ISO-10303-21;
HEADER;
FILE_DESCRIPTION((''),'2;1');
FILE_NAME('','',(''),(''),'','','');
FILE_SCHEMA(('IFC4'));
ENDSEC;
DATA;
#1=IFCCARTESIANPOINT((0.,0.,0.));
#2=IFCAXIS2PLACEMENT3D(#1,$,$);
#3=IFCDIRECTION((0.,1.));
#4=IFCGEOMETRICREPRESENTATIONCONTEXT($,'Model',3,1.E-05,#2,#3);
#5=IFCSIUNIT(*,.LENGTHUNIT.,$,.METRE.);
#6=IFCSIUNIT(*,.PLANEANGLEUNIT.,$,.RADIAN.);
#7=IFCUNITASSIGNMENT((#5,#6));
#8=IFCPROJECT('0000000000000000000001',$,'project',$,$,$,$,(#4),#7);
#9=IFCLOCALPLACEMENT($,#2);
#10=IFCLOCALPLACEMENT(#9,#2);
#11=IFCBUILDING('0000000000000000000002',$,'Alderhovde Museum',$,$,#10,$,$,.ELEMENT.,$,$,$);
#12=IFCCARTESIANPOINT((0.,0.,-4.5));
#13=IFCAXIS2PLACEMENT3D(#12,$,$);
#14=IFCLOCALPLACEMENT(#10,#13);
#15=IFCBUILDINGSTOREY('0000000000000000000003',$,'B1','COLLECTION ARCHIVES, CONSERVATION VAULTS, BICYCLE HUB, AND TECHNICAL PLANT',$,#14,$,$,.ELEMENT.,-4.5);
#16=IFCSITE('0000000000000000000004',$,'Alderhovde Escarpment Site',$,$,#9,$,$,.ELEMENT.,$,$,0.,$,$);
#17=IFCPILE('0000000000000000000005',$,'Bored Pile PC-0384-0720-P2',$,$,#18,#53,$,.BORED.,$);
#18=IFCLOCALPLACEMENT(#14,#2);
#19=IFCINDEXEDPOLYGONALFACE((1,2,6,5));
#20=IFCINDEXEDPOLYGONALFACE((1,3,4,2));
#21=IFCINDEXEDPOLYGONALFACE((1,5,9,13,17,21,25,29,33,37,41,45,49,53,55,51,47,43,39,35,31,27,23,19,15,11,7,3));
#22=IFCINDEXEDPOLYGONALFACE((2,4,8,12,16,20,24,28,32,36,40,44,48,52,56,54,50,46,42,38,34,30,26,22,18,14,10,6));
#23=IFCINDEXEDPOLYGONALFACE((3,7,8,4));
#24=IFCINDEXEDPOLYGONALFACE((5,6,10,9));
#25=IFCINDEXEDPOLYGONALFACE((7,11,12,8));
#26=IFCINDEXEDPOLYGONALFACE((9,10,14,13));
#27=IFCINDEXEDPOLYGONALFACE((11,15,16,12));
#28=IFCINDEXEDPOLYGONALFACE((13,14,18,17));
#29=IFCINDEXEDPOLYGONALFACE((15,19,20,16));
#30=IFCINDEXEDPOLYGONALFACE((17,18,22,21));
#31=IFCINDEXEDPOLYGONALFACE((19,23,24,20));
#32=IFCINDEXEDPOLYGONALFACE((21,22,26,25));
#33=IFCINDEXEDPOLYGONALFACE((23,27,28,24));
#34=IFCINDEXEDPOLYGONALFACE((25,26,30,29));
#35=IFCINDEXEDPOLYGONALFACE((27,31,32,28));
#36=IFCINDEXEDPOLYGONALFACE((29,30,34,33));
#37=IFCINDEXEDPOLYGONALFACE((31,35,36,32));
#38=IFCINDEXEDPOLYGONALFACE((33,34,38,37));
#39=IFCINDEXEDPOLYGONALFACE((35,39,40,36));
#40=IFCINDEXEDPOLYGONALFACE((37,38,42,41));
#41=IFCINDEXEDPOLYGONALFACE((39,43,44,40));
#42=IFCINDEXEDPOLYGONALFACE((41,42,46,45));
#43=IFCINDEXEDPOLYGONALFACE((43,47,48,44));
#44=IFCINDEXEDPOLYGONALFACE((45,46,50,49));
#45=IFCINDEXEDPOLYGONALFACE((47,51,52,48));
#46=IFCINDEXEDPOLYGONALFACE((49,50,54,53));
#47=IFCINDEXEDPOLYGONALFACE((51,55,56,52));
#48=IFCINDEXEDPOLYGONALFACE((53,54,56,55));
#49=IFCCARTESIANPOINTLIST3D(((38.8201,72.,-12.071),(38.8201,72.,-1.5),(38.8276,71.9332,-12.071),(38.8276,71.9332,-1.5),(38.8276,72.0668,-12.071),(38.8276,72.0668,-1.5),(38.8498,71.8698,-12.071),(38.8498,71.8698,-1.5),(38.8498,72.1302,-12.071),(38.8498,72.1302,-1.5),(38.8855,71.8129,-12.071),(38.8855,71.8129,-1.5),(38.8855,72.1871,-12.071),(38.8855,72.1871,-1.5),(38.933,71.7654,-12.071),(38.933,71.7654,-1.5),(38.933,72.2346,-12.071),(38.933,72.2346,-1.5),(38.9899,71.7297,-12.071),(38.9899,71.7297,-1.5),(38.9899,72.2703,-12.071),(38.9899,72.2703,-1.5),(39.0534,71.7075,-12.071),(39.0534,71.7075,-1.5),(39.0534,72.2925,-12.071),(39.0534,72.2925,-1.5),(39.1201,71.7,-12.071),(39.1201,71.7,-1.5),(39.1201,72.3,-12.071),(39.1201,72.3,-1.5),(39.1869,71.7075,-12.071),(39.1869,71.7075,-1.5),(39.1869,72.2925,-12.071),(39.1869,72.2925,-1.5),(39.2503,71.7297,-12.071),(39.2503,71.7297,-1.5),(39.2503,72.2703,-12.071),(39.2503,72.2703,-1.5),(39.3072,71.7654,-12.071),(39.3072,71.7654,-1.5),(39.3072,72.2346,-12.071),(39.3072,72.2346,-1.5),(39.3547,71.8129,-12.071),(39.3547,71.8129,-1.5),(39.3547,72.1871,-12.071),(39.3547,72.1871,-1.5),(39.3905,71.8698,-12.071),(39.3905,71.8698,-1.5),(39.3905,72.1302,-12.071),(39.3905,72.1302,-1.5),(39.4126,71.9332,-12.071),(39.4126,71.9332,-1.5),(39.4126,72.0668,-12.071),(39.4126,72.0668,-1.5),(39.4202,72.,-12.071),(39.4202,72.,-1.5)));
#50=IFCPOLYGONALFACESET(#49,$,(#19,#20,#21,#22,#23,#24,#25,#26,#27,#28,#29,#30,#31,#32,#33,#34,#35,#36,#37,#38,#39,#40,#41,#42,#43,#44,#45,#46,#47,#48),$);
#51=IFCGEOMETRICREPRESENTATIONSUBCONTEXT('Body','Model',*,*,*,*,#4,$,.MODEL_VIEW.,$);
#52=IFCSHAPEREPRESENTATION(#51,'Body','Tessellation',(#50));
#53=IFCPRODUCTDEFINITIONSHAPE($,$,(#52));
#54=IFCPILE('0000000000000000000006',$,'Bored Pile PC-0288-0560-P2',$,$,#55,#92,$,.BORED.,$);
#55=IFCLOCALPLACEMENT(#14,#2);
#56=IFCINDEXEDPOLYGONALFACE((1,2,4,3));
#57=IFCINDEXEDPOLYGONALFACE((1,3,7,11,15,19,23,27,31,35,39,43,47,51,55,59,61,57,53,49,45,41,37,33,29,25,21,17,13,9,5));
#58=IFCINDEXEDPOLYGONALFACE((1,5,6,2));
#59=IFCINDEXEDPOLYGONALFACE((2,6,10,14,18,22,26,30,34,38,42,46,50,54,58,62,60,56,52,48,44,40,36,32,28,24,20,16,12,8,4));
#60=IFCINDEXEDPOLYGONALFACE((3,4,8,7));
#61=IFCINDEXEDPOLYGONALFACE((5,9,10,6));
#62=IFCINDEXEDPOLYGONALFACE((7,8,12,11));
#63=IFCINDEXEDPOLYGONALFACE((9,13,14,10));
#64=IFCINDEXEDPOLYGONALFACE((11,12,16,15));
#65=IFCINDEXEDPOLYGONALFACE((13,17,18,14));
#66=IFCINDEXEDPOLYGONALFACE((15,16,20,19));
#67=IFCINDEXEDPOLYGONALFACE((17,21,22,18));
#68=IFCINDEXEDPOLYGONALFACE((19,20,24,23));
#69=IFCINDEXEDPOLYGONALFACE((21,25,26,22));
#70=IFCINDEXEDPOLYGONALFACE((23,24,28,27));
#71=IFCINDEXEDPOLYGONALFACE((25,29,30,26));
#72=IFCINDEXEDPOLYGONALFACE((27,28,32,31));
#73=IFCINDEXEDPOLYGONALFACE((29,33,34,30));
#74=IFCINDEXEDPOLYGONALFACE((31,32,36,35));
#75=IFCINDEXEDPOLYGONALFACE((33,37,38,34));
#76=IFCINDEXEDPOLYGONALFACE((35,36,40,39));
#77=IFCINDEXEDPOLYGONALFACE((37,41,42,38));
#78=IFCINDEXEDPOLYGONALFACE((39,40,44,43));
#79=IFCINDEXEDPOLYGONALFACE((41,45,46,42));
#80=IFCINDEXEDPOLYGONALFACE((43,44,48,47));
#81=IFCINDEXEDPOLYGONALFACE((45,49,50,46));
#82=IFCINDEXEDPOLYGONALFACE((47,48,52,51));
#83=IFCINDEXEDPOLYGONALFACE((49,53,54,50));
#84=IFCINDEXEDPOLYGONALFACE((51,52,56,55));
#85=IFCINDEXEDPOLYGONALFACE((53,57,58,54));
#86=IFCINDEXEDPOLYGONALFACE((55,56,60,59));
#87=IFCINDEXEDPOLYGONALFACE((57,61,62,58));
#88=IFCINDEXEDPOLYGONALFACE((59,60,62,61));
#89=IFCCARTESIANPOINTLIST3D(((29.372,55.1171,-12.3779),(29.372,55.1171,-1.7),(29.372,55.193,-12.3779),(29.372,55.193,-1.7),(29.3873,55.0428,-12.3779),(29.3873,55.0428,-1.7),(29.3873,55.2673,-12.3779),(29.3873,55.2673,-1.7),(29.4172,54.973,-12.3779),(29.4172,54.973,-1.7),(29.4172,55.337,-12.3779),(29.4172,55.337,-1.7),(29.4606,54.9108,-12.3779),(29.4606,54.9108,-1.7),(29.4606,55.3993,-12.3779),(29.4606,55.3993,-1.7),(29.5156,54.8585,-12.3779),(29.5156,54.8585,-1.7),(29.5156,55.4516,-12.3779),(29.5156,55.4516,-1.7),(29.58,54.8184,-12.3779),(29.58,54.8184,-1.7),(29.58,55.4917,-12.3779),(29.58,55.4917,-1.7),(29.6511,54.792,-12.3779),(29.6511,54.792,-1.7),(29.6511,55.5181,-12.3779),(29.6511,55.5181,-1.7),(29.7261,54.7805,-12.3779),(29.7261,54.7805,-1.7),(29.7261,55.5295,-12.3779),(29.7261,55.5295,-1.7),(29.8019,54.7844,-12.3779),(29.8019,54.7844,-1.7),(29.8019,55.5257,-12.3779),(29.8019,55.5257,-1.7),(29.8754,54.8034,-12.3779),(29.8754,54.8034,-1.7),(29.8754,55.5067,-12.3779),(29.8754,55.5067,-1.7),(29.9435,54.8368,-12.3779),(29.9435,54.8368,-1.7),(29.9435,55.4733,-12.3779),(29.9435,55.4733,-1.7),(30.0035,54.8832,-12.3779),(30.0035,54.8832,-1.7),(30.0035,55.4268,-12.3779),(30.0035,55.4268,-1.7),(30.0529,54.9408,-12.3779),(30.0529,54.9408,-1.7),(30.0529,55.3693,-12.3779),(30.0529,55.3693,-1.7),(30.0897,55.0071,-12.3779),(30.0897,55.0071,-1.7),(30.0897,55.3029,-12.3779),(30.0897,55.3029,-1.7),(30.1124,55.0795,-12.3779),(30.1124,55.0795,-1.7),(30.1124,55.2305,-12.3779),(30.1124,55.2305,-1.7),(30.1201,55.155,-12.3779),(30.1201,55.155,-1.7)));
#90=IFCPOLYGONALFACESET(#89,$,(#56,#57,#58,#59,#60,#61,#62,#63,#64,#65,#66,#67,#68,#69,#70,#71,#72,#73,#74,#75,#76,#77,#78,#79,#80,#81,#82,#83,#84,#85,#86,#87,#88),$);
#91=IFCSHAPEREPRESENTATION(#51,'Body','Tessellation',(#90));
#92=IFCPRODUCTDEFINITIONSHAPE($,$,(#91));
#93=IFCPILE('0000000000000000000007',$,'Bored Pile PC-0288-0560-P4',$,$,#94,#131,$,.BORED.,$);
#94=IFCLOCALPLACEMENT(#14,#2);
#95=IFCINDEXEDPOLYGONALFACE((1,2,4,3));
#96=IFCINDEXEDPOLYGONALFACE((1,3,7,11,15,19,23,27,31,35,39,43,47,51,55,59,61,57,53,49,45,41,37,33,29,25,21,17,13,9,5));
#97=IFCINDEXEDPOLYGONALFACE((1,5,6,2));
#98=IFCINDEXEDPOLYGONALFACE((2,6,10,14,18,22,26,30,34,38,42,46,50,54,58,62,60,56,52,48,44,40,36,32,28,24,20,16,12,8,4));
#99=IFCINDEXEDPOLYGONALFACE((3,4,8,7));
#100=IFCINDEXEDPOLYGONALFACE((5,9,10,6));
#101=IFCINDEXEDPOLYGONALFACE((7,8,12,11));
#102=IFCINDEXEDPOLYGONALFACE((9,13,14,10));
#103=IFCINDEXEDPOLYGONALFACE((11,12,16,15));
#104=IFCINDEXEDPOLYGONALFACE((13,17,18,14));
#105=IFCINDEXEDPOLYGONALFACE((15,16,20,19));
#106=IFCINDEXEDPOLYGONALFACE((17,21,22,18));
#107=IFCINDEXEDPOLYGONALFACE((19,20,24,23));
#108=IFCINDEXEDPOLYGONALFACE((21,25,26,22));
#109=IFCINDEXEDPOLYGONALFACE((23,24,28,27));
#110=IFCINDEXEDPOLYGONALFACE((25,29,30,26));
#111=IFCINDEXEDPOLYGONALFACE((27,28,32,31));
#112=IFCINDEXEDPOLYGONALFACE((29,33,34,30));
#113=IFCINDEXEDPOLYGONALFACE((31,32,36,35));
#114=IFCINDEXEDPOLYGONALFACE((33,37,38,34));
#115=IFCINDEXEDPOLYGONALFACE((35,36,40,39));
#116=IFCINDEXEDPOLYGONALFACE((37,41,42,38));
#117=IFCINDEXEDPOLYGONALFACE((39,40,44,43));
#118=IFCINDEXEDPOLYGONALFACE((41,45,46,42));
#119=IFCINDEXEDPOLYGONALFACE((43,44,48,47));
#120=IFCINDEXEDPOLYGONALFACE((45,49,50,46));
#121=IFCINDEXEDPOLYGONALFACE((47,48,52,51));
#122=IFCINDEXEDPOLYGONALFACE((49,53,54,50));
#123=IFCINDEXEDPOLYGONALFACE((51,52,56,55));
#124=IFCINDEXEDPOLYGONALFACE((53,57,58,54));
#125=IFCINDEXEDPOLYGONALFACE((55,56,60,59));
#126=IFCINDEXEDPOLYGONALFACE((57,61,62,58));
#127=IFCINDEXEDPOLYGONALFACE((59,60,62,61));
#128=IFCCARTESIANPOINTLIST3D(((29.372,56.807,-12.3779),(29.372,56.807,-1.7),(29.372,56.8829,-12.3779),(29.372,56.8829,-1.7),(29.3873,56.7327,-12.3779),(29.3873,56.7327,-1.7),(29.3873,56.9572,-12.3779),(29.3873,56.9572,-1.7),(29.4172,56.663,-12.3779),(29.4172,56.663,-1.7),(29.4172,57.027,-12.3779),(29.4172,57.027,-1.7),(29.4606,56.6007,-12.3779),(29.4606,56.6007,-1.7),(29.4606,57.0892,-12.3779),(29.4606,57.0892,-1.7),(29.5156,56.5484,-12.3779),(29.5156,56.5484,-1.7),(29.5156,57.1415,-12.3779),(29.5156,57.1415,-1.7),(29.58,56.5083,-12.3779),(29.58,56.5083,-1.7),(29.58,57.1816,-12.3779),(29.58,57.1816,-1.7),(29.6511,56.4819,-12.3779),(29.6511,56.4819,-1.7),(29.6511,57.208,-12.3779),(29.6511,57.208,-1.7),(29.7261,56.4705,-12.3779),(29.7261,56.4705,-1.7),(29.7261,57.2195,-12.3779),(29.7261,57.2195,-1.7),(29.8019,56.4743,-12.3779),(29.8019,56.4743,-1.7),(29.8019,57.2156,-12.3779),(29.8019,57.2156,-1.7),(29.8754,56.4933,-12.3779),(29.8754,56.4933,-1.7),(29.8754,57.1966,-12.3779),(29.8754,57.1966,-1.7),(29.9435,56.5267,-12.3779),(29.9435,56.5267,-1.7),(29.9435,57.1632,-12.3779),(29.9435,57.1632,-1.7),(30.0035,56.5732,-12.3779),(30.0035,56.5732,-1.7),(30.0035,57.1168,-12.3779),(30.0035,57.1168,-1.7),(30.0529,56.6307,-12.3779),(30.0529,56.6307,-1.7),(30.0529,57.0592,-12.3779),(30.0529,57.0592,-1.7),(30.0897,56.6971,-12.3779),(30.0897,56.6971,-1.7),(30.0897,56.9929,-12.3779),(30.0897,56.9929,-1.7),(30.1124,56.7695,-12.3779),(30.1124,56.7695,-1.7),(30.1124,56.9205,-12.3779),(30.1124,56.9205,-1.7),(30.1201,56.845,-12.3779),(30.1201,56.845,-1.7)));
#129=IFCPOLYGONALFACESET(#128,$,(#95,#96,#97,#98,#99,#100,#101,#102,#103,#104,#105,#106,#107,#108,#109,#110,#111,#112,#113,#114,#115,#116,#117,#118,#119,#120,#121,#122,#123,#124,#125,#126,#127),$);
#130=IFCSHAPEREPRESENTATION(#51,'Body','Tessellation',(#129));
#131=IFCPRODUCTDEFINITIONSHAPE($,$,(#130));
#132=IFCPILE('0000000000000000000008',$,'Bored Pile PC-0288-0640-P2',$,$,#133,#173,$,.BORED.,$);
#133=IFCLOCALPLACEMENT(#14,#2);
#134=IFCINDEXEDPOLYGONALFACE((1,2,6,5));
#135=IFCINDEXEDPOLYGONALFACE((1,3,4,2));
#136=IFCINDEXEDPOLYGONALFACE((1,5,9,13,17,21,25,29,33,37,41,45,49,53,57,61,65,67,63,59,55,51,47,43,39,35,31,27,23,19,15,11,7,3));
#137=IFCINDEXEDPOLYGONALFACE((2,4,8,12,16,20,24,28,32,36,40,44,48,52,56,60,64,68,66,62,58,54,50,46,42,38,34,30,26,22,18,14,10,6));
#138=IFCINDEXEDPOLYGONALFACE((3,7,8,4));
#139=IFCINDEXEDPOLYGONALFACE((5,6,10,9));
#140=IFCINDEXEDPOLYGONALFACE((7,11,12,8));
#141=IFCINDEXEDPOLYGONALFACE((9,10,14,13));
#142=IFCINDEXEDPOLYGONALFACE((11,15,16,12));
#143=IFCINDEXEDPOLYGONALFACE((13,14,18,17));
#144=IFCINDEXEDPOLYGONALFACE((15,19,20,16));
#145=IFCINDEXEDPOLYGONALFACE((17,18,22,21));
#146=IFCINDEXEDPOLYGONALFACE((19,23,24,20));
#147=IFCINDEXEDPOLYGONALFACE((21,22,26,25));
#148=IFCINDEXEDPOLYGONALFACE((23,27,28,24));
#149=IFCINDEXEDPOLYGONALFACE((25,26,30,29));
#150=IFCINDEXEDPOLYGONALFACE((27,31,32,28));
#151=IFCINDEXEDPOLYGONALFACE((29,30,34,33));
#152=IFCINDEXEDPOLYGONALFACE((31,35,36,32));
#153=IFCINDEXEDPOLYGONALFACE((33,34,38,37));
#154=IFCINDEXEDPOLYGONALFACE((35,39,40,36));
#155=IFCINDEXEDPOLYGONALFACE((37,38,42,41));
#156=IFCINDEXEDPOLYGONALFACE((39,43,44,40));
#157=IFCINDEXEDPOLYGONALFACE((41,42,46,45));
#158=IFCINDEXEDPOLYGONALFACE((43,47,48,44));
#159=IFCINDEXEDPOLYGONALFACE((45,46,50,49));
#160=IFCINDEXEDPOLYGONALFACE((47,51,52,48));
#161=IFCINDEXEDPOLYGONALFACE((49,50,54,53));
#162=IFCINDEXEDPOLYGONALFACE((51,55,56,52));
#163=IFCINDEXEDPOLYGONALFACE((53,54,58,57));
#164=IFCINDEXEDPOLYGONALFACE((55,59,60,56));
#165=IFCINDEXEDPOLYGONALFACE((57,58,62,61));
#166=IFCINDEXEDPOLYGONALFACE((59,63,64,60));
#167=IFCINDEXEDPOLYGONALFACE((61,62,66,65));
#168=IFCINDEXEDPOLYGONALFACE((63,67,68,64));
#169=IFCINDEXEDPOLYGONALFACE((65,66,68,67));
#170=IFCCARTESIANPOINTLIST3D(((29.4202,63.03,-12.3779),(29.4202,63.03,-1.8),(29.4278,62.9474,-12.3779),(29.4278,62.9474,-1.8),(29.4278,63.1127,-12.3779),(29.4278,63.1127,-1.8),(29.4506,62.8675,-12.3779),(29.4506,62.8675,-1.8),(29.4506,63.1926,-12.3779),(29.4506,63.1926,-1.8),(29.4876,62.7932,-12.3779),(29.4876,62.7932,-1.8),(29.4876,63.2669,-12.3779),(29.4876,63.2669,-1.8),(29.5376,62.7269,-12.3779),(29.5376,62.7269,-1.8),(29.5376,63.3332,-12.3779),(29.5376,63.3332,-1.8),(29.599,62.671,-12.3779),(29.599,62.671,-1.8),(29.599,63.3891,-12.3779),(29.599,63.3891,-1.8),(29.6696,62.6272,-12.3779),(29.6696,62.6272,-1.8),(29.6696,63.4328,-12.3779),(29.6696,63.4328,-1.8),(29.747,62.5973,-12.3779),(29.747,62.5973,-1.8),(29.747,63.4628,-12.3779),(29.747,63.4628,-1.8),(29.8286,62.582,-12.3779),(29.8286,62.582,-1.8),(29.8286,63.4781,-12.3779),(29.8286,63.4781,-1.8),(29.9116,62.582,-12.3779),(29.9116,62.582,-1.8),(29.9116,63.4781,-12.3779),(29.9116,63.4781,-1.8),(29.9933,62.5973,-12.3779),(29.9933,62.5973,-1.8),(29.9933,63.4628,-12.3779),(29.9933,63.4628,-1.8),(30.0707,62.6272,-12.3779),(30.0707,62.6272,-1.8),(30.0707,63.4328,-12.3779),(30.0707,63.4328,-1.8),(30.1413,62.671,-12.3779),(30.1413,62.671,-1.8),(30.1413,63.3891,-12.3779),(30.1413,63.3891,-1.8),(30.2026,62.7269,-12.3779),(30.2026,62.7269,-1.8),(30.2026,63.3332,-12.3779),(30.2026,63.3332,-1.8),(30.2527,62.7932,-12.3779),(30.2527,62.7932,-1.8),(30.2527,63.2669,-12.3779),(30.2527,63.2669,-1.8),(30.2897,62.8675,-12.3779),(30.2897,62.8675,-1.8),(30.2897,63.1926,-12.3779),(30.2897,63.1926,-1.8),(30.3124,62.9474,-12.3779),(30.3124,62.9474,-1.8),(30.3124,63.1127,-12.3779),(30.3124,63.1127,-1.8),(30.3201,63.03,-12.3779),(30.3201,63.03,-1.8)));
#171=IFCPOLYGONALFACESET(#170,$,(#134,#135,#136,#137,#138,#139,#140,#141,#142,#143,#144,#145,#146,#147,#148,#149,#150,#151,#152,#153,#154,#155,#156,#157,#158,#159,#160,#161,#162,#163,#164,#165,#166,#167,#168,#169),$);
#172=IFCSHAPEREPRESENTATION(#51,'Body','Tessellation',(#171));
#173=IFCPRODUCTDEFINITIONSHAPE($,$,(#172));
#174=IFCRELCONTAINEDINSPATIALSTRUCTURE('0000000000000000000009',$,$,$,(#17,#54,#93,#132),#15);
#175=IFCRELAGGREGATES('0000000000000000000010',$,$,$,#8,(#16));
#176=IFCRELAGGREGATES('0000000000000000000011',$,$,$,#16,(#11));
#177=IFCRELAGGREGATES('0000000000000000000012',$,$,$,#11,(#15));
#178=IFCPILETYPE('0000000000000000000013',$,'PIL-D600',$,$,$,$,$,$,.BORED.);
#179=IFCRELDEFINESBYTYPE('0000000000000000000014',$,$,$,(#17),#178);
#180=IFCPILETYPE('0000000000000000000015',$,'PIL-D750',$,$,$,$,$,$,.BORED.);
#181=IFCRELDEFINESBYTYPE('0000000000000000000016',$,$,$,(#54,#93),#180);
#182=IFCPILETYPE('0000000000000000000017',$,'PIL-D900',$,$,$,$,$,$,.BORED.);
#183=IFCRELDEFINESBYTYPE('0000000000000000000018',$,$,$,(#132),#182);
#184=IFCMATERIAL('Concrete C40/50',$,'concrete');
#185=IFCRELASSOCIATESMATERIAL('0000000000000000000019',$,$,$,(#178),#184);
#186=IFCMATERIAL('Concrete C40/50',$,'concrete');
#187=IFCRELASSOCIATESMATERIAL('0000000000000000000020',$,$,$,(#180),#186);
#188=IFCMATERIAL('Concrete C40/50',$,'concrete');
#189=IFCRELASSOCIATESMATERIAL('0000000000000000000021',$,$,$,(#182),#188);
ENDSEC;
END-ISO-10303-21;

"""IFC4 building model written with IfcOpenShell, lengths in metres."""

from ifc_helpers import new_model, si_unit, direction, frame, origin, origin_2d, place, context, subcontext, project, spatial, circle, extrude, material, material_profile, profile_set, type_object, element, save


model = new_model("IFC4")

# Units and contexts
model_context = context("Model", 3, precision=1e-05, world=origin(), true_north=direction((0.0, 1.0)))
body_context = subcontext(model_context, "Body", "Model", "MODEL_VIEW")
ifc_project = project(units=[si_unit("LENGTHUNIT", "METRE"), si_unit("PLANEANGLEUNIT", "RADIAN")], contexts=[model_context])

# Site, building, storey
site_placement = place(None, origin())
site = spatial("IfcSite", under=ifc_project, at=site_placement, Name="Alderhovde Escarpment Site", CompositionType="ELEMENT", RefElevation=0.0)
building_placement = place(site_placement, origin())
building = spatial("IfcBuilding", under=site, at=building_placement, Name="Alderhovde Museum", CompositionType="ELEMENT")
storey_placement = place(building_placement, frame((0.0, 0.0, -4.5)))
storey = spatial("IfcBuildingStorey", under=building, at=storey_placement, Name="B1", Description="COLLECTION ARCHIVES, CONSERVATION VAULTS, BICYCLE HUB, AND TECHNICAL PLANT", CompositionType="ELEMENT", Elevation=-4.5)

# Piles
ifc_material_1 = material(Name="Concrete C40/50", Category="concrete")
ifc_material_profile_1 = material_profile(ifc_material_1, circle(Radius=0.3, at=origin_2d()), Name="PILE-D600")
ifc_profile_set_1 = profile_set([ifc_material_profile_1], Name="Concrete C40/50")
pile_type_1 = type_object("IfcPileType", Name="PIL-D600", PredefinedType="BORED", material=ifc_profile_set_1)
for number, where, z_axis, x_axis, name in (
    (1, (39.1201, 72.0, -1.5), (0.0, 0.0, -1.0), (1.0, 0.0, 0.0), "Bored Pile PC-0384-0720-P2"),
):
    element("IfcPile", number, at=place(storey_placement, frame(where, z_axis=z_axis, x_axis=x_axis)), inside=storey, type_object=pile_type_1, Name=name, PredefinedType="BORED", context=body_context, shape_type="SweptSolid", body=[
        extrude(circle(Radius=0.3, at=origin_2d()), origin(), (0.0, 0.0, 1.0), 10.571),
    ])
ifc_material_2 = material(Name="Concrete C40/50", Category="concrete")
ifc_material_profile_2 = material_profile(ifc_material_2, circle(Radius=0.375, at=origin_2d()), Name="PILE-D750")
ifc_profile_set_2 = profile_set([ifc_material_profile_2], Name="Concrete C40/50")
pile_type_2 = type_object("IfcPileType", Name="PIL-D750", PredefinedType="BORED", material=ifc_profile_set_2)
for number, where, z_axis, x_axis, name in (
    (2, (29.7451, 55.155, -1.7), (0.0, 0.0, -1.0), (1.0, 0.0, 0.0), "Bored Pile PC-0288-0560-P2"),
    (3, (29.7451, 56.845, -1.7), (0.0, 0.0, -1.0), (1.0, 0.0, 0.0), "Bored Pile PC-0288-0560-P4"),
):
    element("IfcPile", number, at=place(storey_placement, frame(where, z_axis=z_axis, x_axis=x_axis)), inside=storey, type_object=pile_type_2, Name=name, PredefinedType="BORED", context=body_context, shape_type="SweptSolid", body=[
        extrude(circle(Radius=0.375, at=origin_2d()), origin(), (0.0, 0.0, 1.0), 10.678),
    ])
ifc_material_3 = material(Name="Concrete C40/50", Category="concrete")
ifc_material_profile_3 = material_profile(ifc_material_3, circle(Radius=0.45, at=origin_2d()), Name="PILE-D900")
ifc_profile_set_3 = profile_set([ifc_material_profile_3], Name="Concrete C40/50")
pile_type_3 = type_object("IfcPileType", Name="PIL-D900", PredefinedType="BORED", material=ifc_profile_set_3)
for number, where, z_axis, x_axis, name in (
    (4, (29.8701, 63.03, -1.8), (0.0, 0.0, -1.0), (1.0, 0.0, 0.0), "Bored Pile PC-0288-0640-P2"),
):
    element("IfcPile", number, at=place(storey_placement, frame(where, z_axis=z_axis, x_axis=x_axis)), inside=storey, type_object=pile_type_3, Name=name, PredefinedType="BORED", context=body_context, shape_type="SweptSolid", body=[
        extrude(circle(Radius=0.45, at=origin_2d()), origin(), (0.0, 0.0, 1.0), 10.5779),
    ])

save(model, "model.ifc")
